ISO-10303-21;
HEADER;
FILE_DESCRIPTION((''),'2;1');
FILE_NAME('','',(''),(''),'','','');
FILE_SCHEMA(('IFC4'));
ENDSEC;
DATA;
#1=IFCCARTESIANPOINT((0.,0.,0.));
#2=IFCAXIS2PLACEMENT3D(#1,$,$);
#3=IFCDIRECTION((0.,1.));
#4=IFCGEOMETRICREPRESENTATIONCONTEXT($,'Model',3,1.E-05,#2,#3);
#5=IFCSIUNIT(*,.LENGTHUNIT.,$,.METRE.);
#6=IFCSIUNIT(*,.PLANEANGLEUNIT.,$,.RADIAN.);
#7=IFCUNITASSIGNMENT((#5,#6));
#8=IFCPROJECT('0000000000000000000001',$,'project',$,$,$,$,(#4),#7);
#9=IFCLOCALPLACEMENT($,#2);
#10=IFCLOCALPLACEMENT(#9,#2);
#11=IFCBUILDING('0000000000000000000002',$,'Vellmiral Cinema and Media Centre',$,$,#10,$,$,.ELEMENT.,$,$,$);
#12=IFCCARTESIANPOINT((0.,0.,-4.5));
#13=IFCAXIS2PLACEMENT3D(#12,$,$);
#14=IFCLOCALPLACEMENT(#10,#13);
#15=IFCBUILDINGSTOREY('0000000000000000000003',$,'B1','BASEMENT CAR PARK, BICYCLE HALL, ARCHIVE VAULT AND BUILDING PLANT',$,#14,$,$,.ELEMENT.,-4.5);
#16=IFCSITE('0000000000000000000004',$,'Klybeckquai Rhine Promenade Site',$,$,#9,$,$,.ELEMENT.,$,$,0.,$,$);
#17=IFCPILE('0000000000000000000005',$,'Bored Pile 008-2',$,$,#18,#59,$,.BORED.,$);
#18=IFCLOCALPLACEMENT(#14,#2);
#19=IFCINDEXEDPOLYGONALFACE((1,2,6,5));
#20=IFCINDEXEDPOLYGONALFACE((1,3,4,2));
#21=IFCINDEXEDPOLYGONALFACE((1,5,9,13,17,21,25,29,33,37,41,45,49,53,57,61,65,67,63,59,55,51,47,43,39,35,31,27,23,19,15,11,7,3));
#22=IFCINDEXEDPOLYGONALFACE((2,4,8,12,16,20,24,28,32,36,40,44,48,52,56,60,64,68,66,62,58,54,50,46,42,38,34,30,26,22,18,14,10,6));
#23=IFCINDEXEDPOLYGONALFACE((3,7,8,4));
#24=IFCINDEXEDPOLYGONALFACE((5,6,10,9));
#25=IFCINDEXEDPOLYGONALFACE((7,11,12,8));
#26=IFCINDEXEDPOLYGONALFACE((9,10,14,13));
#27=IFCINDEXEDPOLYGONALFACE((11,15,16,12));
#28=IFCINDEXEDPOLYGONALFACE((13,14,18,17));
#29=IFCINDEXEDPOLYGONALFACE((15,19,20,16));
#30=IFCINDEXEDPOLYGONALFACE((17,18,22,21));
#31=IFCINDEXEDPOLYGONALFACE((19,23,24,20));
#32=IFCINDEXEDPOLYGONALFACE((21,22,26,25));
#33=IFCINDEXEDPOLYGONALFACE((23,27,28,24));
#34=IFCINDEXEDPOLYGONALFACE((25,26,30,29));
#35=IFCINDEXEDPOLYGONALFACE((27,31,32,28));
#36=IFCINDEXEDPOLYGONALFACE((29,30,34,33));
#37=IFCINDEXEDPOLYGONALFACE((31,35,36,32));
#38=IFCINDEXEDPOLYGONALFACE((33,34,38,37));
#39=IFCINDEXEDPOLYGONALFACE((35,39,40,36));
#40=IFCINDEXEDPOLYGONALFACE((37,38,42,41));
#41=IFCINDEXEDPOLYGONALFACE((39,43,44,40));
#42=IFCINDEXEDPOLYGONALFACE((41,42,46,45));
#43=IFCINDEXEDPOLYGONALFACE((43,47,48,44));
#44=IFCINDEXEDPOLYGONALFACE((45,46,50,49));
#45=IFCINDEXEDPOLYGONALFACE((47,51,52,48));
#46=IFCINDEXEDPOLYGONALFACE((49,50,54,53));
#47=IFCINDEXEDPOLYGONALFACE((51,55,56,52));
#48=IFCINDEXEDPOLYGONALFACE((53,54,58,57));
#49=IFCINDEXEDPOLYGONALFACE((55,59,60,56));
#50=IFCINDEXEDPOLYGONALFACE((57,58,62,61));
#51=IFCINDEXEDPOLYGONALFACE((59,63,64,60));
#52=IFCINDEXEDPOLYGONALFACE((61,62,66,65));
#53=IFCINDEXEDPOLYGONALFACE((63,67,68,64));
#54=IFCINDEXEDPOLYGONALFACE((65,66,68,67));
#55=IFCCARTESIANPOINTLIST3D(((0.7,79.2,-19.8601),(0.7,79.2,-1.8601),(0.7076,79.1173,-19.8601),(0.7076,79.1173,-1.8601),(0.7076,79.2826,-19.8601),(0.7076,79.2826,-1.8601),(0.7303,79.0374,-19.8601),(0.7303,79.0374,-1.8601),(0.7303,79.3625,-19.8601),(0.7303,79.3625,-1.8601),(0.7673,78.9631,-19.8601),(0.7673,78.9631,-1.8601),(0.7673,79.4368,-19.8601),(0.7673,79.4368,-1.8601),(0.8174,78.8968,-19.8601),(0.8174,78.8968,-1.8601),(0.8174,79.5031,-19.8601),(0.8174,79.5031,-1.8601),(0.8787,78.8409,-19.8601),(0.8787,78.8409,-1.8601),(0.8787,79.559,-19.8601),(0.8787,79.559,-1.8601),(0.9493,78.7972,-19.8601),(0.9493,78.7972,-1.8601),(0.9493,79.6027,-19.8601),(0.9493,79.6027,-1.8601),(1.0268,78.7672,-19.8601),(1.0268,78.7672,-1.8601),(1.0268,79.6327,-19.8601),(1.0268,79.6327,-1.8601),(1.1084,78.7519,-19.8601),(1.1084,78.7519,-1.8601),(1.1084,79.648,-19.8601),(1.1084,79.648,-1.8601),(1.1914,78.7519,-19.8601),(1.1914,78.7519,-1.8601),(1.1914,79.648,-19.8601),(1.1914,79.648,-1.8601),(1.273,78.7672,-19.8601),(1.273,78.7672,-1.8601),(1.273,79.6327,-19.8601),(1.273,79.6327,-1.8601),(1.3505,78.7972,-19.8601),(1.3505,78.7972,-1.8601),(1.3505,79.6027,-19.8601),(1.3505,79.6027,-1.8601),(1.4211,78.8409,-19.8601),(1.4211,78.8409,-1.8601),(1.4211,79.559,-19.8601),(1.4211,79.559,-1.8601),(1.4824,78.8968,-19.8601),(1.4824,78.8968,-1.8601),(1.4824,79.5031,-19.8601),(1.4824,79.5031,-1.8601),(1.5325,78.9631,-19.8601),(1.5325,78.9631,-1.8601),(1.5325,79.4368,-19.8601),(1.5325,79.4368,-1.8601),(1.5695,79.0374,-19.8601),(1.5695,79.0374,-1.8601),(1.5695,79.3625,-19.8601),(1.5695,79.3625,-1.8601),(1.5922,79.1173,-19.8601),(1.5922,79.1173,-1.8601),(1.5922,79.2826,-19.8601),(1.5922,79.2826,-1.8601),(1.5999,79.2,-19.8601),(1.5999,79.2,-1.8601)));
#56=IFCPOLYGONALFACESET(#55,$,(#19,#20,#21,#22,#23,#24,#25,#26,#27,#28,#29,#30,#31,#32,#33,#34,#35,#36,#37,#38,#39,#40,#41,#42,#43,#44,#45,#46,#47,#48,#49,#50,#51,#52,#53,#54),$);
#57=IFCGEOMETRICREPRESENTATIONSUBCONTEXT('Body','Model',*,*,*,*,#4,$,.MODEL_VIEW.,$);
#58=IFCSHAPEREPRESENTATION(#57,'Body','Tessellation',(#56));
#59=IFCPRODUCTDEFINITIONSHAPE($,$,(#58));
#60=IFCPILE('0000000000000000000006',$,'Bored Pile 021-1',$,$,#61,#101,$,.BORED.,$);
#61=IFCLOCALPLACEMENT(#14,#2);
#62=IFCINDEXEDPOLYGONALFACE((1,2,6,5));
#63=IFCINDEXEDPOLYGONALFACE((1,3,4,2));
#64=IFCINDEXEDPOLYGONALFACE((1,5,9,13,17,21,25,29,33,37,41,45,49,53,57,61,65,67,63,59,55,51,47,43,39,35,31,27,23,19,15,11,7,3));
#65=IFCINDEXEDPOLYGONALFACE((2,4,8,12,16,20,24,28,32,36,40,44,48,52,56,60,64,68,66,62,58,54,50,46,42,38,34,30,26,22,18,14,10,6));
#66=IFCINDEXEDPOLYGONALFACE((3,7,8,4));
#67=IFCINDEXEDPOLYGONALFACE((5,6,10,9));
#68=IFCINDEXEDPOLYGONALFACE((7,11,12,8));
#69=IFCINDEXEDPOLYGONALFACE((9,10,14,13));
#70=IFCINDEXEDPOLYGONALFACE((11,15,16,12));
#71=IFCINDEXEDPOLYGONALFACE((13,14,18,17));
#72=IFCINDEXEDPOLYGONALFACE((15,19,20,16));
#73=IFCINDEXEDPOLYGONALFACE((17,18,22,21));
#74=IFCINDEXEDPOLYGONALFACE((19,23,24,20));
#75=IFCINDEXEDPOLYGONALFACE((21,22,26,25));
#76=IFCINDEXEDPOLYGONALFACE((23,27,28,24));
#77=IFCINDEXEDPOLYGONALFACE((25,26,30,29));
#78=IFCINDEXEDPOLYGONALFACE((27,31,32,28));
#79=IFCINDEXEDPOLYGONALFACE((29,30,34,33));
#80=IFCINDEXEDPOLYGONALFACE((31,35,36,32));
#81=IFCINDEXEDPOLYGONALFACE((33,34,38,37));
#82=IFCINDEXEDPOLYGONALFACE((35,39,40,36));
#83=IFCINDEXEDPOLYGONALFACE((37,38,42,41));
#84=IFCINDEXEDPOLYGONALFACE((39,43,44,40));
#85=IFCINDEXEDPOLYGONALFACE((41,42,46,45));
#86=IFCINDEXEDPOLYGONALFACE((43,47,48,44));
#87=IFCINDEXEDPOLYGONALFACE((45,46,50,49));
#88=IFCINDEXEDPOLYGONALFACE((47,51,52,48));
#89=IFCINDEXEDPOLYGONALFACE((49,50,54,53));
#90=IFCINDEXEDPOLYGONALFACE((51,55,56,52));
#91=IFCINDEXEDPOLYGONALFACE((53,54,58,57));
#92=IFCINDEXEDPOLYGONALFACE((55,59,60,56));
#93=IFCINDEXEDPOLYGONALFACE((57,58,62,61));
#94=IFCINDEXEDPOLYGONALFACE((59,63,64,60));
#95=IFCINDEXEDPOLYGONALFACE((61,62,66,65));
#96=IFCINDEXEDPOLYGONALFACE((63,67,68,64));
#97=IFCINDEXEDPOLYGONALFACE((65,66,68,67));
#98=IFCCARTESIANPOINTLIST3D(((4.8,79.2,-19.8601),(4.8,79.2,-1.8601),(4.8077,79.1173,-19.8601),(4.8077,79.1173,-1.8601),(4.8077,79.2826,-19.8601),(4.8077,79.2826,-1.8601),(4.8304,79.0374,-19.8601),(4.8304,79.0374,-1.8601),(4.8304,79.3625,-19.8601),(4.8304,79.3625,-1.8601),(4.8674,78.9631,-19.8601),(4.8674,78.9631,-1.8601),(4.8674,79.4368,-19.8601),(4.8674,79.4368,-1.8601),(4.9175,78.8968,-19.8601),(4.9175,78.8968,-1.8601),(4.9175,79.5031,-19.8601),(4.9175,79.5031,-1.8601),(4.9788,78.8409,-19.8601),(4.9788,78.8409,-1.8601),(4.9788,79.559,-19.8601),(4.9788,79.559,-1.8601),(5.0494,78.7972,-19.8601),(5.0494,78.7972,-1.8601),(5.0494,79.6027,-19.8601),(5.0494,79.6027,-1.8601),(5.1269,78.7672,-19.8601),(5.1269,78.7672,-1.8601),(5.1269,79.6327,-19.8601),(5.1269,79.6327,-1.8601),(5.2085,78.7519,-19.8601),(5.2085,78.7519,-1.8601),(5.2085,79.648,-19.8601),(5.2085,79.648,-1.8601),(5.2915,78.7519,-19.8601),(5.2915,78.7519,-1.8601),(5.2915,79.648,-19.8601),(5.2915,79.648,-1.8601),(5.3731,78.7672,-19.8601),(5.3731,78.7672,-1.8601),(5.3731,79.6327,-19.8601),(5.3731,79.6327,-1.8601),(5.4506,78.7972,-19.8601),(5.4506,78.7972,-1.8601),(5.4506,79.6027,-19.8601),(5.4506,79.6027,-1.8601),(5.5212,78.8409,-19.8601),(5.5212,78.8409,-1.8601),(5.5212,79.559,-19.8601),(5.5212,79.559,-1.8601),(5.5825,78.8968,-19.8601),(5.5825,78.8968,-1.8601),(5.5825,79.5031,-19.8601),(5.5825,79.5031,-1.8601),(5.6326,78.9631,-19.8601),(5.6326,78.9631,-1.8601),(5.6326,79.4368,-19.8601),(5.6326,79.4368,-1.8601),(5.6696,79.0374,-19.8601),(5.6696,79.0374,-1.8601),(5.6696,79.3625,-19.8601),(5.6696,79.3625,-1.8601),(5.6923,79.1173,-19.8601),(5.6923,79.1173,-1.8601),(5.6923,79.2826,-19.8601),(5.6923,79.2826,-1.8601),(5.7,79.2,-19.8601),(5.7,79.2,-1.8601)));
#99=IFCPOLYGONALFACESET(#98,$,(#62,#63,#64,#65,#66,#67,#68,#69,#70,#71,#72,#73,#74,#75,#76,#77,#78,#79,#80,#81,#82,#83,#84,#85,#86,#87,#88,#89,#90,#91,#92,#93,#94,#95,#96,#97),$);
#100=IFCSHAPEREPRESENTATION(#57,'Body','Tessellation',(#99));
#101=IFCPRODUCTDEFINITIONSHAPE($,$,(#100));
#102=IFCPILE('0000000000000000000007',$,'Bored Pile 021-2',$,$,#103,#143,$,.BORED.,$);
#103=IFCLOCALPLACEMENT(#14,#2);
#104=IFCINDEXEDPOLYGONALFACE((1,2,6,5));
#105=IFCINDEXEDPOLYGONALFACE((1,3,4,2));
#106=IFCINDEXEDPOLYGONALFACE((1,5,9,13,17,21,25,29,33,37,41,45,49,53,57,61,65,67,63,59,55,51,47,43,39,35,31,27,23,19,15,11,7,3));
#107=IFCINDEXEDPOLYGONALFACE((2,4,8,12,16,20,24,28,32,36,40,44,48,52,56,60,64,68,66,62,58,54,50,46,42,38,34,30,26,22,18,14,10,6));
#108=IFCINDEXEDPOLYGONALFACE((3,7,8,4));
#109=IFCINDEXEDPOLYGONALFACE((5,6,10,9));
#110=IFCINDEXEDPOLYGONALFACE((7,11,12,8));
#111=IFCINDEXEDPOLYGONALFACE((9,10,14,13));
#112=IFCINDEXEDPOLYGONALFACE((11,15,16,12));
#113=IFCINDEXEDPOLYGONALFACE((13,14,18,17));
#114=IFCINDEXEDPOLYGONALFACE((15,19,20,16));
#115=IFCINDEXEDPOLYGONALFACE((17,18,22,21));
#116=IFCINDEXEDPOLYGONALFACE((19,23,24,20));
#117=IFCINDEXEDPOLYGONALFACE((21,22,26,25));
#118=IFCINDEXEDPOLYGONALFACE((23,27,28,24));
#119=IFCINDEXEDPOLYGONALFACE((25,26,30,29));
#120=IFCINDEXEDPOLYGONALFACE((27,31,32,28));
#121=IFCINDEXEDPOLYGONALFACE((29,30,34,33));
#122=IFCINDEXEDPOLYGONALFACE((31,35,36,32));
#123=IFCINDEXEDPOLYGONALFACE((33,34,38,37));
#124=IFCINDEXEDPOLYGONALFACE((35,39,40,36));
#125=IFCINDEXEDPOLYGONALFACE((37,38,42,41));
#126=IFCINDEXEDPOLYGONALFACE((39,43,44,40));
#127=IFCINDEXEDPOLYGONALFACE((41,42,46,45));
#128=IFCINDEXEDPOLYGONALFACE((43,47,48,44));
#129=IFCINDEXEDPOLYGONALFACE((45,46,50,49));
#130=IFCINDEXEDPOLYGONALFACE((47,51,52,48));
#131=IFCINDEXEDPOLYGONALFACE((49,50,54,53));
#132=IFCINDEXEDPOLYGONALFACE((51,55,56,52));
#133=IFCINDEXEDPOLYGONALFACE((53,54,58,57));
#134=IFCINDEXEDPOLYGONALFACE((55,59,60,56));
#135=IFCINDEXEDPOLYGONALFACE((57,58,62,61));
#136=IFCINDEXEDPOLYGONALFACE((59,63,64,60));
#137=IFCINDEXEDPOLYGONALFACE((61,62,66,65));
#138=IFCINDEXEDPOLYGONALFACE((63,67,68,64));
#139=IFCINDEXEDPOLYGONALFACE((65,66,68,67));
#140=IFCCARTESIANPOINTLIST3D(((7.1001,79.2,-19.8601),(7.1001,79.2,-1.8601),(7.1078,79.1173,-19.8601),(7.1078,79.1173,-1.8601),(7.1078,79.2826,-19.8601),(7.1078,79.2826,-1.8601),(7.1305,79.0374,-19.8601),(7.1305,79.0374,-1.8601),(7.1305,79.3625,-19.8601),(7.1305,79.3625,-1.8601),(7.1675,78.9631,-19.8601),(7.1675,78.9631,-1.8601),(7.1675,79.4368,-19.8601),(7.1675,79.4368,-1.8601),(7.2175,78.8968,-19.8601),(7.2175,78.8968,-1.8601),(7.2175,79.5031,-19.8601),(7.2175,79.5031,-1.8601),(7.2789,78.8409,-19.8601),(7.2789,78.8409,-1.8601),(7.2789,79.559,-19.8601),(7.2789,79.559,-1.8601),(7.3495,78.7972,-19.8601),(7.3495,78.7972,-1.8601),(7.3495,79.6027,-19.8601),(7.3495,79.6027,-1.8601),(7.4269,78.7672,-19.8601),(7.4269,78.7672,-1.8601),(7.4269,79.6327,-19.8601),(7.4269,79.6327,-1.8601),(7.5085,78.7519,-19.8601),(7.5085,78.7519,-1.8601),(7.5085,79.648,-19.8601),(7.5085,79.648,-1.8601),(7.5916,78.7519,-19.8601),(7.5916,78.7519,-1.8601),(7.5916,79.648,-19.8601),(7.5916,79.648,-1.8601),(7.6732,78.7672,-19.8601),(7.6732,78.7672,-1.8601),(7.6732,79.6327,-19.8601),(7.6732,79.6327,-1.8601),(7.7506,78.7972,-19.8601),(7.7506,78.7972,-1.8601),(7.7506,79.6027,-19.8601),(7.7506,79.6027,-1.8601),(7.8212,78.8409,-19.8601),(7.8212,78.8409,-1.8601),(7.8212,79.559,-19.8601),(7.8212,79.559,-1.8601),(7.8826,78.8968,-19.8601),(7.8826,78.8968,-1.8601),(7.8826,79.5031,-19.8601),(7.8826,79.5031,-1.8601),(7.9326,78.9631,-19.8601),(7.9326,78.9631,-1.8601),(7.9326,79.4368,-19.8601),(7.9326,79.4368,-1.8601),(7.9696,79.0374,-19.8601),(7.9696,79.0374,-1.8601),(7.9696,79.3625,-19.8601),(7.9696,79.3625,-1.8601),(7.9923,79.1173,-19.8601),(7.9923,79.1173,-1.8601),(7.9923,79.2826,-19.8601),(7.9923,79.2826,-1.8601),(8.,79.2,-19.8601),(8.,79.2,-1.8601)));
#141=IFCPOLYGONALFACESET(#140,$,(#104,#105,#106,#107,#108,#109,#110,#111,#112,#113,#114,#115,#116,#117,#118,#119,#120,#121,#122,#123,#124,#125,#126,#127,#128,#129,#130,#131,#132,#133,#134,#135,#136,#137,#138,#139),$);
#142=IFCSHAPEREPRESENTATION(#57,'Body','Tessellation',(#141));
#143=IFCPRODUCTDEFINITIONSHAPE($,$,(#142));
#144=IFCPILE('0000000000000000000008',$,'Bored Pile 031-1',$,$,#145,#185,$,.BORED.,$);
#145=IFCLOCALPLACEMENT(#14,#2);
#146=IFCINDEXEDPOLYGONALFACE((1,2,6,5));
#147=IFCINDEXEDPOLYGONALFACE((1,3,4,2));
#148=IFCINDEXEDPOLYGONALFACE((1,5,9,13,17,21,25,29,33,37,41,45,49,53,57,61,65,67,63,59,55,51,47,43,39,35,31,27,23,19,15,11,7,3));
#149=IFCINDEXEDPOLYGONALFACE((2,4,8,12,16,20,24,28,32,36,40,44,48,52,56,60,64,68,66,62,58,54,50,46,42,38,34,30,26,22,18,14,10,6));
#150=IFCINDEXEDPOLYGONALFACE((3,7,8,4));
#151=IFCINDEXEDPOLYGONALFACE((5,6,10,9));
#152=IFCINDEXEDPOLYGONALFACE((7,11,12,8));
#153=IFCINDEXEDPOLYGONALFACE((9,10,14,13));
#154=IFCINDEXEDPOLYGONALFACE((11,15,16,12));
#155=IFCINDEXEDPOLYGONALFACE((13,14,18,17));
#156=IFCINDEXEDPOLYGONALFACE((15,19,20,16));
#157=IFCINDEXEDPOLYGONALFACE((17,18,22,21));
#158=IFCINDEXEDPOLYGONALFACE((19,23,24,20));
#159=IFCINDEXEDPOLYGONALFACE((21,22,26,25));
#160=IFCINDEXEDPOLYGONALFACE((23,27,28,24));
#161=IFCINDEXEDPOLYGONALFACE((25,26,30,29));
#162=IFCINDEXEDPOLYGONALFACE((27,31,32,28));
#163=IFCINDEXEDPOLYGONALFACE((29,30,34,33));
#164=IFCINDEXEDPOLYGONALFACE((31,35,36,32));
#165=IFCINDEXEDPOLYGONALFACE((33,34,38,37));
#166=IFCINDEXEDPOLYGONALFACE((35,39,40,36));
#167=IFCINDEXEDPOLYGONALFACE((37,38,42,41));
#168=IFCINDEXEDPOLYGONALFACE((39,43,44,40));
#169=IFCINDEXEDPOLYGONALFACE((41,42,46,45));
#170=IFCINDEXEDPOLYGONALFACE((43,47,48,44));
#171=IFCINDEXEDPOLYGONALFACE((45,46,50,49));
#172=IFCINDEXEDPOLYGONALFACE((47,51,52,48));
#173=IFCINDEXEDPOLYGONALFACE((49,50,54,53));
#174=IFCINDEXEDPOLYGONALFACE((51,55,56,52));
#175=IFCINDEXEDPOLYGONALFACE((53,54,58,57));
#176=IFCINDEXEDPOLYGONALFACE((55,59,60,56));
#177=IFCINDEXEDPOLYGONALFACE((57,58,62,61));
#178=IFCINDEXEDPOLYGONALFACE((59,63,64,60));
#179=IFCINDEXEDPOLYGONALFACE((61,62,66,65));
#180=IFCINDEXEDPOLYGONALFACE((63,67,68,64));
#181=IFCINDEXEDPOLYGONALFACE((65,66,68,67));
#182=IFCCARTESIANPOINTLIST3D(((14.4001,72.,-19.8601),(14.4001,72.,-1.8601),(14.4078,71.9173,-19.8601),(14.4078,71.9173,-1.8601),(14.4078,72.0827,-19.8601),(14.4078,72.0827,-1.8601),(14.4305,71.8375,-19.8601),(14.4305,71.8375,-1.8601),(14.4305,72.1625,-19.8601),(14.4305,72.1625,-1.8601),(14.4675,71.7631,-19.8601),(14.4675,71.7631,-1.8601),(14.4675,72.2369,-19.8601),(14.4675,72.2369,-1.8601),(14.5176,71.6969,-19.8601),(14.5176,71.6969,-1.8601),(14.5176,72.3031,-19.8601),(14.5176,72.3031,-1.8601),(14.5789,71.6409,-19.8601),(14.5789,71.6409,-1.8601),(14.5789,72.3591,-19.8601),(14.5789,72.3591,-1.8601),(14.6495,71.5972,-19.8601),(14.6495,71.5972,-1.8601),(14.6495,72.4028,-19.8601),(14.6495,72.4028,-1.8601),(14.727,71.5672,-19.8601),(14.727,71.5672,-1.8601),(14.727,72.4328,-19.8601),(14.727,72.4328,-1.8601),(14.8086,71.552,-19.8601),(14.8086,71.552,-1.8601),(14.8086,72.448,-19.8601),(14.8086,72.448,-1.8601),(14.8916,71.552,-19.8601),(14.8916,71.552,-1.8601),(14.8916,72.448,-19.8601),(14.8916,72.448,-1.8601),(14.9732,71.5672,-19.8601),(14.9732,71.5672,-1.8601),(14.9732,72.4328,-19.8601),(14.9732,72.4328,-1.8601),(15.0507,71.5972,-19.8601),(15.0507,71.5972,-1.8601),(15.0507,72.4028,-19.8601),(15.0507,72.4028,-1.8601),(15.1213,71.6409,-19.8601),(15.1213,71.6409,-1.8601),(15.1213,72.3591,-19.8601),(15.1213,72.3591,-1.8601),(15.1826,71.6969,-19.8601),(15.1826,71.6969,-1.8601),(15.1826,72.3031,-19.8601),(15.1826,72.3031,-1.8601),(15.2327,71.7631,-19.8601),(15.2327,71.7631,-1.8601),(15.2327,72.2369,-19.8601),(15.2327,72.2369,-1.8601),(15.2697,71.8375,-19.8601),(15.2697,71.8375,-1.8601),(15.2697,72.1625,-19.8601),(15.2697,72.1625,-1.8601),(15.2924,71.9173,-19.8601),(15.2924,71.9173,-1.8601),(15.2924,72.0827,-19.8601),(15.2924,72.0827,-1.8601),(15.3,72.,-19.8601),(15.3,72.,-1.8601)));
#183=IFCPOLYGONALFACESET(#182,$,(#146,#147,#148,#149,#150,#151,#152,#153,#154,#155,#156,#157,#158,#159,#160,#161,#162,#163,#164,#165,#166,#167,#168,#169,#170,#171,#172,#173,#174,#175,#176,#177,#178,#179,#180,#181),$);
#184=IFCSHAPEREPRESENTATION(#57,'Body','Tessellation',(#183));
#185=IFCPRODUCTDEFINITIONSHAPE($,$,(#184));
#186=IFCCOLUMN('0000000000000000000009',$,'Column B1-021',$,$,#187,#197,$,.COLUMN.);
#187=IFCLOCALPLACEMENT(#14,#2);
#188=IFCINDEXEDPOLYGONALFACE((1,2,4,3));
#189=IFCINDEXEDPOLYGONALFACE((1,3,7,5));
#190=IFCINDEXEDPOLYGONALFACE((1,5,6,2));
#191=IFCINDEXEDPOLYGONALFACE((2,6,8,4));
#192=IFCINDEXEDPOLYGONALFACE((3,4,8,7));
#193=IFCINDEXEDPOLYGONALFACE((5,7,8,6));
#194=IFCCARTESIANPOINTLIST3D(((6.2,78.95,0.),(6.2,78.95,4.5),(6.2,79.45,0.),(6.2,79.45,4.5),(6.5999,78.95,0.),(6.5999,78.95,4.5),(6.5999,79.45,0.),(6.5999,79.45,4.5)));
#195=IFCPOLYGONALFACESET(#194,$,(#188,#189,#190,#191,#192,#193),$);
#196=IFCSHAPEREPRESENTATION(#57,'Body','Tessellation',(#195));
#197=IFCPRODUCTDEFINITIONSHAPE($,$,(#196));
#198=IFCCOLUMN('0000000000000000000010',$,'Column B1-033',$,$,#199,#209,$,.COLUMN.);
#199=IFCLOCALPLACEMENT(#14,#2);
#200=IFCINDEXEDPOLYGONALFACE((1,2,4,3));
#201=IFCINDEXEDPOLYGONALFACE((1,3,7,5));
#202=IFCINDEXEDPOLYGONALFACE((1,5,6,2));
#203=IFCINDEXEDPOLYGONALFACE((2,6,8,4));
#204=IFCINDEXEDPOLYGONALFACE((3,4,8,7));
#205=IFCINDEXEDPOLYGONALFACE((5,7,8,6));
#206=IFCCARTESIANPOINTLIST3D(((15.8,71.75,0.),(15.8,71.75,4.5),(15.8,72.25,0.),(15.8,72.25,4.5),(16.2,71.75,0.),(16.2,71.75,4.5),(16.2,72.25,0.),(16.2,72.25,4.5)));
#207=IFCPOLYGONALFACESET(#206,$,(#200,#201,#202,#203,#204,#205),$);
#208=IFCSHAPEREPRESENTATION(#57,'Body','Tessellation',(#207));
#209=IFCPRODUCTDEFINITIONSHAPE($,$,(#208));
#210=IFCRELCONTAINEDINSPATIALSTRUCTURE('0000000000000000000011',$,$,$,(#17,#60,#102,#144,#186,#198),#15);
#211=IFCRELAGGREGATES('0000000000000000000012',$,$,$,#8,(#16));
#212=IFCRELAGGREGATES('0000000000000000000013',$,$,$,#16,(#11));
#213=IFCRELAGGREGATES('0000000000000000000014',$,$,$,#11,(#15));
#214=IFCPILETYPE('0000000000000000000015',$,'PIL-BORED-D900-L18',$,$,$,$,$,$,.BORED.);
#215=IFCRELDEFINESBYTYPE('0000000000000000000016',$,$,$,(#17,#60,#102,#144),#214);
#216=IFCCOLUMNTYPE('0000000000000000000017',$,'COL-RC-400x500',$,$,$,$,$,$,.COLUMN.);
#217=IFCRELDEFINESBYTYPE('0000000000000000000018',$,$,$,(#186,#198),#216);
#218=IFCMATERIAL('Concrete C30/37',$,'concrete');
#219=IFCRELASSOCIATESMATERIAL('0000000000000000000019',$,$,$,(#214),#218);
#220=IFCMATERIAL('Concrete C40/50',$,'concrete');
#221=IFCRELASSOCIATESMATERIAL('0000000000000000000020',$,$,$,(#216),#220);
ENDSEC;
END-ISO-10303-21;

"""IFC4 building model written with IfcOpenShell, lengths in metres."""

from ifc_helpers import new_model, si_unit, direction, frame, origin, origin_2d, place, context, subcontext, project, spatial, rectangle, circle, extrude, material, material_profile, profile_set, type_object, element, save


model = new_model("IFC4")

# Units and contexts
model_context = context("Model", 3, precision=1e-05, world=origin(), true_north=direction((0.0, 1.0)))
body_context = subcontext(model_context, "Body", "Model", "MODEL_VIEW")
ifc_project = project(units=[si_unit("LENGTHUNIT", "METRE"), si_unit("PLANEANGLEUNIT", "RADIAN")], contexts=[model_context])

# Site, building, storey
site_placement = place(None, origin())
site = spatial("IfcSite", under=ifc_project, at=site_placement, Name="Klybeckquai Rhine Promenade Site", CompositionType="ELEMENT", RefElevation=0.0)
building_placement = place(site_placement, origin())
building = spatial("IfcBuilding", under=site, at=building_placement, Name="Vellmiral Cinema and Media Centre", CompositionType="ELEMENT")
storey_placement = place(building_placement, frame((0.0, 0.0, -4.5)))
storey = spatial("IfcBuildingStorey", under=building, at=storey_placement, Name="B1", Description="BASEMENT CAR PARK, BICYCLE HALL, ARCHIVE VAULT AND BUILDING PLANT", CompositionType="ELEMENT", Elevation=-4.5)

# Piles
ifc_material_1 = material(Name="Concrete C30/37", Category="concrete")
ifc_material_profile_1 = material_profile(ifc_material_1, circle(Radius=0.45, at=origin_2d()), Name="PILE D900")
ifc_profile_set_1 = profile_set([ifc_material_profile_1], Name="Concrete C30/37")
pile_type_1 = type_object("IfcPileType", Name="PIL-BORED-D900-L18", PredefinedType="BORED", material=ifc_profile_set_1)
for number, where, z_axis, x_axis, name in (
    (1, (1.1499, 79.2, -1.8601), (0.0, 0.0, -1.0), (1.0, 0.0, 0.0), "Bored Pile 008-2"),
    (2, (5.25, 79.2, -1.8601), (0.0, 0.0, -1.0), (1.0, 0.0, 0.0), "Bored Pile 021-1"),
    (3, (7.55, 79.2, -1.8601), (0.0, 0.0, -1.0), (1.0, 0.0, 0.0), "Bored Pile 021-2"),
    (4, (14.8501, 72.0, -1.8601), (0.0, 0.0, -1.0), (1.0, 0.0, 0.0), "Bored Pile 031-1"),
):
    element("IfcPile", number, at=place(storey_placement, frame(where, z_axis=z_axis, x_axis=x_axis)), inside=storey, type_object=pile_type_1, Name=name, PredefinedType="BORED", context=body_context, shape_type="SweptSolid", body=[
        extrude(circle(Radius=0.45, at=origin_2d()), origin(), (0.0, 0.0, 1.0), 18.0),
    ])

# Columns
ifc_material_2 = material(Name="Concrete C40/50", Category="concrete")
ifc_material_profile_2 = material_profile(ifc_material_2, rectangle(XDim=0.3999, YDim=0.5, at=origin_2d()), Name="RC 400x500")
ifc_profile_set_2 = profile_set([ifc_material_profile_2], Name="Concrete C40/50")
column_type_1 = type_object("IfcColumnType", Name="COL-RC-400x500", PredefinedType="COLUMN", material=ifc_profile_set_2)
for number, where, z_axis, x_axis, name in (
    (5, (6.3999, 79.2, 0.0), (0.0, 0.0, 1.0), (1.0, 0.0, 0.0), "Column B1-021"),
    (6, (16.0, 72.0, 0.0), (0.0, 0.0, 1.0), (1.0, 0.0, 0.0), "Column B1-033"),
):
    element("IfcColumn", number, at=place(storey_placement, frame(where, z_axis=z_axis, x_axis=x_axis)), inside=storey, type_object=column_type_1, Name=name, PredefinedType="COLUMN", context=body_context, shape_type="SweptSolid", body=[
        extrude(rectangle(XDim=0.3999, YDim=0.5, at=origin_2d()), origin(), (0.0, 0.0, 1.0), 4.5),
    ])

save(model, "model.ifc")
